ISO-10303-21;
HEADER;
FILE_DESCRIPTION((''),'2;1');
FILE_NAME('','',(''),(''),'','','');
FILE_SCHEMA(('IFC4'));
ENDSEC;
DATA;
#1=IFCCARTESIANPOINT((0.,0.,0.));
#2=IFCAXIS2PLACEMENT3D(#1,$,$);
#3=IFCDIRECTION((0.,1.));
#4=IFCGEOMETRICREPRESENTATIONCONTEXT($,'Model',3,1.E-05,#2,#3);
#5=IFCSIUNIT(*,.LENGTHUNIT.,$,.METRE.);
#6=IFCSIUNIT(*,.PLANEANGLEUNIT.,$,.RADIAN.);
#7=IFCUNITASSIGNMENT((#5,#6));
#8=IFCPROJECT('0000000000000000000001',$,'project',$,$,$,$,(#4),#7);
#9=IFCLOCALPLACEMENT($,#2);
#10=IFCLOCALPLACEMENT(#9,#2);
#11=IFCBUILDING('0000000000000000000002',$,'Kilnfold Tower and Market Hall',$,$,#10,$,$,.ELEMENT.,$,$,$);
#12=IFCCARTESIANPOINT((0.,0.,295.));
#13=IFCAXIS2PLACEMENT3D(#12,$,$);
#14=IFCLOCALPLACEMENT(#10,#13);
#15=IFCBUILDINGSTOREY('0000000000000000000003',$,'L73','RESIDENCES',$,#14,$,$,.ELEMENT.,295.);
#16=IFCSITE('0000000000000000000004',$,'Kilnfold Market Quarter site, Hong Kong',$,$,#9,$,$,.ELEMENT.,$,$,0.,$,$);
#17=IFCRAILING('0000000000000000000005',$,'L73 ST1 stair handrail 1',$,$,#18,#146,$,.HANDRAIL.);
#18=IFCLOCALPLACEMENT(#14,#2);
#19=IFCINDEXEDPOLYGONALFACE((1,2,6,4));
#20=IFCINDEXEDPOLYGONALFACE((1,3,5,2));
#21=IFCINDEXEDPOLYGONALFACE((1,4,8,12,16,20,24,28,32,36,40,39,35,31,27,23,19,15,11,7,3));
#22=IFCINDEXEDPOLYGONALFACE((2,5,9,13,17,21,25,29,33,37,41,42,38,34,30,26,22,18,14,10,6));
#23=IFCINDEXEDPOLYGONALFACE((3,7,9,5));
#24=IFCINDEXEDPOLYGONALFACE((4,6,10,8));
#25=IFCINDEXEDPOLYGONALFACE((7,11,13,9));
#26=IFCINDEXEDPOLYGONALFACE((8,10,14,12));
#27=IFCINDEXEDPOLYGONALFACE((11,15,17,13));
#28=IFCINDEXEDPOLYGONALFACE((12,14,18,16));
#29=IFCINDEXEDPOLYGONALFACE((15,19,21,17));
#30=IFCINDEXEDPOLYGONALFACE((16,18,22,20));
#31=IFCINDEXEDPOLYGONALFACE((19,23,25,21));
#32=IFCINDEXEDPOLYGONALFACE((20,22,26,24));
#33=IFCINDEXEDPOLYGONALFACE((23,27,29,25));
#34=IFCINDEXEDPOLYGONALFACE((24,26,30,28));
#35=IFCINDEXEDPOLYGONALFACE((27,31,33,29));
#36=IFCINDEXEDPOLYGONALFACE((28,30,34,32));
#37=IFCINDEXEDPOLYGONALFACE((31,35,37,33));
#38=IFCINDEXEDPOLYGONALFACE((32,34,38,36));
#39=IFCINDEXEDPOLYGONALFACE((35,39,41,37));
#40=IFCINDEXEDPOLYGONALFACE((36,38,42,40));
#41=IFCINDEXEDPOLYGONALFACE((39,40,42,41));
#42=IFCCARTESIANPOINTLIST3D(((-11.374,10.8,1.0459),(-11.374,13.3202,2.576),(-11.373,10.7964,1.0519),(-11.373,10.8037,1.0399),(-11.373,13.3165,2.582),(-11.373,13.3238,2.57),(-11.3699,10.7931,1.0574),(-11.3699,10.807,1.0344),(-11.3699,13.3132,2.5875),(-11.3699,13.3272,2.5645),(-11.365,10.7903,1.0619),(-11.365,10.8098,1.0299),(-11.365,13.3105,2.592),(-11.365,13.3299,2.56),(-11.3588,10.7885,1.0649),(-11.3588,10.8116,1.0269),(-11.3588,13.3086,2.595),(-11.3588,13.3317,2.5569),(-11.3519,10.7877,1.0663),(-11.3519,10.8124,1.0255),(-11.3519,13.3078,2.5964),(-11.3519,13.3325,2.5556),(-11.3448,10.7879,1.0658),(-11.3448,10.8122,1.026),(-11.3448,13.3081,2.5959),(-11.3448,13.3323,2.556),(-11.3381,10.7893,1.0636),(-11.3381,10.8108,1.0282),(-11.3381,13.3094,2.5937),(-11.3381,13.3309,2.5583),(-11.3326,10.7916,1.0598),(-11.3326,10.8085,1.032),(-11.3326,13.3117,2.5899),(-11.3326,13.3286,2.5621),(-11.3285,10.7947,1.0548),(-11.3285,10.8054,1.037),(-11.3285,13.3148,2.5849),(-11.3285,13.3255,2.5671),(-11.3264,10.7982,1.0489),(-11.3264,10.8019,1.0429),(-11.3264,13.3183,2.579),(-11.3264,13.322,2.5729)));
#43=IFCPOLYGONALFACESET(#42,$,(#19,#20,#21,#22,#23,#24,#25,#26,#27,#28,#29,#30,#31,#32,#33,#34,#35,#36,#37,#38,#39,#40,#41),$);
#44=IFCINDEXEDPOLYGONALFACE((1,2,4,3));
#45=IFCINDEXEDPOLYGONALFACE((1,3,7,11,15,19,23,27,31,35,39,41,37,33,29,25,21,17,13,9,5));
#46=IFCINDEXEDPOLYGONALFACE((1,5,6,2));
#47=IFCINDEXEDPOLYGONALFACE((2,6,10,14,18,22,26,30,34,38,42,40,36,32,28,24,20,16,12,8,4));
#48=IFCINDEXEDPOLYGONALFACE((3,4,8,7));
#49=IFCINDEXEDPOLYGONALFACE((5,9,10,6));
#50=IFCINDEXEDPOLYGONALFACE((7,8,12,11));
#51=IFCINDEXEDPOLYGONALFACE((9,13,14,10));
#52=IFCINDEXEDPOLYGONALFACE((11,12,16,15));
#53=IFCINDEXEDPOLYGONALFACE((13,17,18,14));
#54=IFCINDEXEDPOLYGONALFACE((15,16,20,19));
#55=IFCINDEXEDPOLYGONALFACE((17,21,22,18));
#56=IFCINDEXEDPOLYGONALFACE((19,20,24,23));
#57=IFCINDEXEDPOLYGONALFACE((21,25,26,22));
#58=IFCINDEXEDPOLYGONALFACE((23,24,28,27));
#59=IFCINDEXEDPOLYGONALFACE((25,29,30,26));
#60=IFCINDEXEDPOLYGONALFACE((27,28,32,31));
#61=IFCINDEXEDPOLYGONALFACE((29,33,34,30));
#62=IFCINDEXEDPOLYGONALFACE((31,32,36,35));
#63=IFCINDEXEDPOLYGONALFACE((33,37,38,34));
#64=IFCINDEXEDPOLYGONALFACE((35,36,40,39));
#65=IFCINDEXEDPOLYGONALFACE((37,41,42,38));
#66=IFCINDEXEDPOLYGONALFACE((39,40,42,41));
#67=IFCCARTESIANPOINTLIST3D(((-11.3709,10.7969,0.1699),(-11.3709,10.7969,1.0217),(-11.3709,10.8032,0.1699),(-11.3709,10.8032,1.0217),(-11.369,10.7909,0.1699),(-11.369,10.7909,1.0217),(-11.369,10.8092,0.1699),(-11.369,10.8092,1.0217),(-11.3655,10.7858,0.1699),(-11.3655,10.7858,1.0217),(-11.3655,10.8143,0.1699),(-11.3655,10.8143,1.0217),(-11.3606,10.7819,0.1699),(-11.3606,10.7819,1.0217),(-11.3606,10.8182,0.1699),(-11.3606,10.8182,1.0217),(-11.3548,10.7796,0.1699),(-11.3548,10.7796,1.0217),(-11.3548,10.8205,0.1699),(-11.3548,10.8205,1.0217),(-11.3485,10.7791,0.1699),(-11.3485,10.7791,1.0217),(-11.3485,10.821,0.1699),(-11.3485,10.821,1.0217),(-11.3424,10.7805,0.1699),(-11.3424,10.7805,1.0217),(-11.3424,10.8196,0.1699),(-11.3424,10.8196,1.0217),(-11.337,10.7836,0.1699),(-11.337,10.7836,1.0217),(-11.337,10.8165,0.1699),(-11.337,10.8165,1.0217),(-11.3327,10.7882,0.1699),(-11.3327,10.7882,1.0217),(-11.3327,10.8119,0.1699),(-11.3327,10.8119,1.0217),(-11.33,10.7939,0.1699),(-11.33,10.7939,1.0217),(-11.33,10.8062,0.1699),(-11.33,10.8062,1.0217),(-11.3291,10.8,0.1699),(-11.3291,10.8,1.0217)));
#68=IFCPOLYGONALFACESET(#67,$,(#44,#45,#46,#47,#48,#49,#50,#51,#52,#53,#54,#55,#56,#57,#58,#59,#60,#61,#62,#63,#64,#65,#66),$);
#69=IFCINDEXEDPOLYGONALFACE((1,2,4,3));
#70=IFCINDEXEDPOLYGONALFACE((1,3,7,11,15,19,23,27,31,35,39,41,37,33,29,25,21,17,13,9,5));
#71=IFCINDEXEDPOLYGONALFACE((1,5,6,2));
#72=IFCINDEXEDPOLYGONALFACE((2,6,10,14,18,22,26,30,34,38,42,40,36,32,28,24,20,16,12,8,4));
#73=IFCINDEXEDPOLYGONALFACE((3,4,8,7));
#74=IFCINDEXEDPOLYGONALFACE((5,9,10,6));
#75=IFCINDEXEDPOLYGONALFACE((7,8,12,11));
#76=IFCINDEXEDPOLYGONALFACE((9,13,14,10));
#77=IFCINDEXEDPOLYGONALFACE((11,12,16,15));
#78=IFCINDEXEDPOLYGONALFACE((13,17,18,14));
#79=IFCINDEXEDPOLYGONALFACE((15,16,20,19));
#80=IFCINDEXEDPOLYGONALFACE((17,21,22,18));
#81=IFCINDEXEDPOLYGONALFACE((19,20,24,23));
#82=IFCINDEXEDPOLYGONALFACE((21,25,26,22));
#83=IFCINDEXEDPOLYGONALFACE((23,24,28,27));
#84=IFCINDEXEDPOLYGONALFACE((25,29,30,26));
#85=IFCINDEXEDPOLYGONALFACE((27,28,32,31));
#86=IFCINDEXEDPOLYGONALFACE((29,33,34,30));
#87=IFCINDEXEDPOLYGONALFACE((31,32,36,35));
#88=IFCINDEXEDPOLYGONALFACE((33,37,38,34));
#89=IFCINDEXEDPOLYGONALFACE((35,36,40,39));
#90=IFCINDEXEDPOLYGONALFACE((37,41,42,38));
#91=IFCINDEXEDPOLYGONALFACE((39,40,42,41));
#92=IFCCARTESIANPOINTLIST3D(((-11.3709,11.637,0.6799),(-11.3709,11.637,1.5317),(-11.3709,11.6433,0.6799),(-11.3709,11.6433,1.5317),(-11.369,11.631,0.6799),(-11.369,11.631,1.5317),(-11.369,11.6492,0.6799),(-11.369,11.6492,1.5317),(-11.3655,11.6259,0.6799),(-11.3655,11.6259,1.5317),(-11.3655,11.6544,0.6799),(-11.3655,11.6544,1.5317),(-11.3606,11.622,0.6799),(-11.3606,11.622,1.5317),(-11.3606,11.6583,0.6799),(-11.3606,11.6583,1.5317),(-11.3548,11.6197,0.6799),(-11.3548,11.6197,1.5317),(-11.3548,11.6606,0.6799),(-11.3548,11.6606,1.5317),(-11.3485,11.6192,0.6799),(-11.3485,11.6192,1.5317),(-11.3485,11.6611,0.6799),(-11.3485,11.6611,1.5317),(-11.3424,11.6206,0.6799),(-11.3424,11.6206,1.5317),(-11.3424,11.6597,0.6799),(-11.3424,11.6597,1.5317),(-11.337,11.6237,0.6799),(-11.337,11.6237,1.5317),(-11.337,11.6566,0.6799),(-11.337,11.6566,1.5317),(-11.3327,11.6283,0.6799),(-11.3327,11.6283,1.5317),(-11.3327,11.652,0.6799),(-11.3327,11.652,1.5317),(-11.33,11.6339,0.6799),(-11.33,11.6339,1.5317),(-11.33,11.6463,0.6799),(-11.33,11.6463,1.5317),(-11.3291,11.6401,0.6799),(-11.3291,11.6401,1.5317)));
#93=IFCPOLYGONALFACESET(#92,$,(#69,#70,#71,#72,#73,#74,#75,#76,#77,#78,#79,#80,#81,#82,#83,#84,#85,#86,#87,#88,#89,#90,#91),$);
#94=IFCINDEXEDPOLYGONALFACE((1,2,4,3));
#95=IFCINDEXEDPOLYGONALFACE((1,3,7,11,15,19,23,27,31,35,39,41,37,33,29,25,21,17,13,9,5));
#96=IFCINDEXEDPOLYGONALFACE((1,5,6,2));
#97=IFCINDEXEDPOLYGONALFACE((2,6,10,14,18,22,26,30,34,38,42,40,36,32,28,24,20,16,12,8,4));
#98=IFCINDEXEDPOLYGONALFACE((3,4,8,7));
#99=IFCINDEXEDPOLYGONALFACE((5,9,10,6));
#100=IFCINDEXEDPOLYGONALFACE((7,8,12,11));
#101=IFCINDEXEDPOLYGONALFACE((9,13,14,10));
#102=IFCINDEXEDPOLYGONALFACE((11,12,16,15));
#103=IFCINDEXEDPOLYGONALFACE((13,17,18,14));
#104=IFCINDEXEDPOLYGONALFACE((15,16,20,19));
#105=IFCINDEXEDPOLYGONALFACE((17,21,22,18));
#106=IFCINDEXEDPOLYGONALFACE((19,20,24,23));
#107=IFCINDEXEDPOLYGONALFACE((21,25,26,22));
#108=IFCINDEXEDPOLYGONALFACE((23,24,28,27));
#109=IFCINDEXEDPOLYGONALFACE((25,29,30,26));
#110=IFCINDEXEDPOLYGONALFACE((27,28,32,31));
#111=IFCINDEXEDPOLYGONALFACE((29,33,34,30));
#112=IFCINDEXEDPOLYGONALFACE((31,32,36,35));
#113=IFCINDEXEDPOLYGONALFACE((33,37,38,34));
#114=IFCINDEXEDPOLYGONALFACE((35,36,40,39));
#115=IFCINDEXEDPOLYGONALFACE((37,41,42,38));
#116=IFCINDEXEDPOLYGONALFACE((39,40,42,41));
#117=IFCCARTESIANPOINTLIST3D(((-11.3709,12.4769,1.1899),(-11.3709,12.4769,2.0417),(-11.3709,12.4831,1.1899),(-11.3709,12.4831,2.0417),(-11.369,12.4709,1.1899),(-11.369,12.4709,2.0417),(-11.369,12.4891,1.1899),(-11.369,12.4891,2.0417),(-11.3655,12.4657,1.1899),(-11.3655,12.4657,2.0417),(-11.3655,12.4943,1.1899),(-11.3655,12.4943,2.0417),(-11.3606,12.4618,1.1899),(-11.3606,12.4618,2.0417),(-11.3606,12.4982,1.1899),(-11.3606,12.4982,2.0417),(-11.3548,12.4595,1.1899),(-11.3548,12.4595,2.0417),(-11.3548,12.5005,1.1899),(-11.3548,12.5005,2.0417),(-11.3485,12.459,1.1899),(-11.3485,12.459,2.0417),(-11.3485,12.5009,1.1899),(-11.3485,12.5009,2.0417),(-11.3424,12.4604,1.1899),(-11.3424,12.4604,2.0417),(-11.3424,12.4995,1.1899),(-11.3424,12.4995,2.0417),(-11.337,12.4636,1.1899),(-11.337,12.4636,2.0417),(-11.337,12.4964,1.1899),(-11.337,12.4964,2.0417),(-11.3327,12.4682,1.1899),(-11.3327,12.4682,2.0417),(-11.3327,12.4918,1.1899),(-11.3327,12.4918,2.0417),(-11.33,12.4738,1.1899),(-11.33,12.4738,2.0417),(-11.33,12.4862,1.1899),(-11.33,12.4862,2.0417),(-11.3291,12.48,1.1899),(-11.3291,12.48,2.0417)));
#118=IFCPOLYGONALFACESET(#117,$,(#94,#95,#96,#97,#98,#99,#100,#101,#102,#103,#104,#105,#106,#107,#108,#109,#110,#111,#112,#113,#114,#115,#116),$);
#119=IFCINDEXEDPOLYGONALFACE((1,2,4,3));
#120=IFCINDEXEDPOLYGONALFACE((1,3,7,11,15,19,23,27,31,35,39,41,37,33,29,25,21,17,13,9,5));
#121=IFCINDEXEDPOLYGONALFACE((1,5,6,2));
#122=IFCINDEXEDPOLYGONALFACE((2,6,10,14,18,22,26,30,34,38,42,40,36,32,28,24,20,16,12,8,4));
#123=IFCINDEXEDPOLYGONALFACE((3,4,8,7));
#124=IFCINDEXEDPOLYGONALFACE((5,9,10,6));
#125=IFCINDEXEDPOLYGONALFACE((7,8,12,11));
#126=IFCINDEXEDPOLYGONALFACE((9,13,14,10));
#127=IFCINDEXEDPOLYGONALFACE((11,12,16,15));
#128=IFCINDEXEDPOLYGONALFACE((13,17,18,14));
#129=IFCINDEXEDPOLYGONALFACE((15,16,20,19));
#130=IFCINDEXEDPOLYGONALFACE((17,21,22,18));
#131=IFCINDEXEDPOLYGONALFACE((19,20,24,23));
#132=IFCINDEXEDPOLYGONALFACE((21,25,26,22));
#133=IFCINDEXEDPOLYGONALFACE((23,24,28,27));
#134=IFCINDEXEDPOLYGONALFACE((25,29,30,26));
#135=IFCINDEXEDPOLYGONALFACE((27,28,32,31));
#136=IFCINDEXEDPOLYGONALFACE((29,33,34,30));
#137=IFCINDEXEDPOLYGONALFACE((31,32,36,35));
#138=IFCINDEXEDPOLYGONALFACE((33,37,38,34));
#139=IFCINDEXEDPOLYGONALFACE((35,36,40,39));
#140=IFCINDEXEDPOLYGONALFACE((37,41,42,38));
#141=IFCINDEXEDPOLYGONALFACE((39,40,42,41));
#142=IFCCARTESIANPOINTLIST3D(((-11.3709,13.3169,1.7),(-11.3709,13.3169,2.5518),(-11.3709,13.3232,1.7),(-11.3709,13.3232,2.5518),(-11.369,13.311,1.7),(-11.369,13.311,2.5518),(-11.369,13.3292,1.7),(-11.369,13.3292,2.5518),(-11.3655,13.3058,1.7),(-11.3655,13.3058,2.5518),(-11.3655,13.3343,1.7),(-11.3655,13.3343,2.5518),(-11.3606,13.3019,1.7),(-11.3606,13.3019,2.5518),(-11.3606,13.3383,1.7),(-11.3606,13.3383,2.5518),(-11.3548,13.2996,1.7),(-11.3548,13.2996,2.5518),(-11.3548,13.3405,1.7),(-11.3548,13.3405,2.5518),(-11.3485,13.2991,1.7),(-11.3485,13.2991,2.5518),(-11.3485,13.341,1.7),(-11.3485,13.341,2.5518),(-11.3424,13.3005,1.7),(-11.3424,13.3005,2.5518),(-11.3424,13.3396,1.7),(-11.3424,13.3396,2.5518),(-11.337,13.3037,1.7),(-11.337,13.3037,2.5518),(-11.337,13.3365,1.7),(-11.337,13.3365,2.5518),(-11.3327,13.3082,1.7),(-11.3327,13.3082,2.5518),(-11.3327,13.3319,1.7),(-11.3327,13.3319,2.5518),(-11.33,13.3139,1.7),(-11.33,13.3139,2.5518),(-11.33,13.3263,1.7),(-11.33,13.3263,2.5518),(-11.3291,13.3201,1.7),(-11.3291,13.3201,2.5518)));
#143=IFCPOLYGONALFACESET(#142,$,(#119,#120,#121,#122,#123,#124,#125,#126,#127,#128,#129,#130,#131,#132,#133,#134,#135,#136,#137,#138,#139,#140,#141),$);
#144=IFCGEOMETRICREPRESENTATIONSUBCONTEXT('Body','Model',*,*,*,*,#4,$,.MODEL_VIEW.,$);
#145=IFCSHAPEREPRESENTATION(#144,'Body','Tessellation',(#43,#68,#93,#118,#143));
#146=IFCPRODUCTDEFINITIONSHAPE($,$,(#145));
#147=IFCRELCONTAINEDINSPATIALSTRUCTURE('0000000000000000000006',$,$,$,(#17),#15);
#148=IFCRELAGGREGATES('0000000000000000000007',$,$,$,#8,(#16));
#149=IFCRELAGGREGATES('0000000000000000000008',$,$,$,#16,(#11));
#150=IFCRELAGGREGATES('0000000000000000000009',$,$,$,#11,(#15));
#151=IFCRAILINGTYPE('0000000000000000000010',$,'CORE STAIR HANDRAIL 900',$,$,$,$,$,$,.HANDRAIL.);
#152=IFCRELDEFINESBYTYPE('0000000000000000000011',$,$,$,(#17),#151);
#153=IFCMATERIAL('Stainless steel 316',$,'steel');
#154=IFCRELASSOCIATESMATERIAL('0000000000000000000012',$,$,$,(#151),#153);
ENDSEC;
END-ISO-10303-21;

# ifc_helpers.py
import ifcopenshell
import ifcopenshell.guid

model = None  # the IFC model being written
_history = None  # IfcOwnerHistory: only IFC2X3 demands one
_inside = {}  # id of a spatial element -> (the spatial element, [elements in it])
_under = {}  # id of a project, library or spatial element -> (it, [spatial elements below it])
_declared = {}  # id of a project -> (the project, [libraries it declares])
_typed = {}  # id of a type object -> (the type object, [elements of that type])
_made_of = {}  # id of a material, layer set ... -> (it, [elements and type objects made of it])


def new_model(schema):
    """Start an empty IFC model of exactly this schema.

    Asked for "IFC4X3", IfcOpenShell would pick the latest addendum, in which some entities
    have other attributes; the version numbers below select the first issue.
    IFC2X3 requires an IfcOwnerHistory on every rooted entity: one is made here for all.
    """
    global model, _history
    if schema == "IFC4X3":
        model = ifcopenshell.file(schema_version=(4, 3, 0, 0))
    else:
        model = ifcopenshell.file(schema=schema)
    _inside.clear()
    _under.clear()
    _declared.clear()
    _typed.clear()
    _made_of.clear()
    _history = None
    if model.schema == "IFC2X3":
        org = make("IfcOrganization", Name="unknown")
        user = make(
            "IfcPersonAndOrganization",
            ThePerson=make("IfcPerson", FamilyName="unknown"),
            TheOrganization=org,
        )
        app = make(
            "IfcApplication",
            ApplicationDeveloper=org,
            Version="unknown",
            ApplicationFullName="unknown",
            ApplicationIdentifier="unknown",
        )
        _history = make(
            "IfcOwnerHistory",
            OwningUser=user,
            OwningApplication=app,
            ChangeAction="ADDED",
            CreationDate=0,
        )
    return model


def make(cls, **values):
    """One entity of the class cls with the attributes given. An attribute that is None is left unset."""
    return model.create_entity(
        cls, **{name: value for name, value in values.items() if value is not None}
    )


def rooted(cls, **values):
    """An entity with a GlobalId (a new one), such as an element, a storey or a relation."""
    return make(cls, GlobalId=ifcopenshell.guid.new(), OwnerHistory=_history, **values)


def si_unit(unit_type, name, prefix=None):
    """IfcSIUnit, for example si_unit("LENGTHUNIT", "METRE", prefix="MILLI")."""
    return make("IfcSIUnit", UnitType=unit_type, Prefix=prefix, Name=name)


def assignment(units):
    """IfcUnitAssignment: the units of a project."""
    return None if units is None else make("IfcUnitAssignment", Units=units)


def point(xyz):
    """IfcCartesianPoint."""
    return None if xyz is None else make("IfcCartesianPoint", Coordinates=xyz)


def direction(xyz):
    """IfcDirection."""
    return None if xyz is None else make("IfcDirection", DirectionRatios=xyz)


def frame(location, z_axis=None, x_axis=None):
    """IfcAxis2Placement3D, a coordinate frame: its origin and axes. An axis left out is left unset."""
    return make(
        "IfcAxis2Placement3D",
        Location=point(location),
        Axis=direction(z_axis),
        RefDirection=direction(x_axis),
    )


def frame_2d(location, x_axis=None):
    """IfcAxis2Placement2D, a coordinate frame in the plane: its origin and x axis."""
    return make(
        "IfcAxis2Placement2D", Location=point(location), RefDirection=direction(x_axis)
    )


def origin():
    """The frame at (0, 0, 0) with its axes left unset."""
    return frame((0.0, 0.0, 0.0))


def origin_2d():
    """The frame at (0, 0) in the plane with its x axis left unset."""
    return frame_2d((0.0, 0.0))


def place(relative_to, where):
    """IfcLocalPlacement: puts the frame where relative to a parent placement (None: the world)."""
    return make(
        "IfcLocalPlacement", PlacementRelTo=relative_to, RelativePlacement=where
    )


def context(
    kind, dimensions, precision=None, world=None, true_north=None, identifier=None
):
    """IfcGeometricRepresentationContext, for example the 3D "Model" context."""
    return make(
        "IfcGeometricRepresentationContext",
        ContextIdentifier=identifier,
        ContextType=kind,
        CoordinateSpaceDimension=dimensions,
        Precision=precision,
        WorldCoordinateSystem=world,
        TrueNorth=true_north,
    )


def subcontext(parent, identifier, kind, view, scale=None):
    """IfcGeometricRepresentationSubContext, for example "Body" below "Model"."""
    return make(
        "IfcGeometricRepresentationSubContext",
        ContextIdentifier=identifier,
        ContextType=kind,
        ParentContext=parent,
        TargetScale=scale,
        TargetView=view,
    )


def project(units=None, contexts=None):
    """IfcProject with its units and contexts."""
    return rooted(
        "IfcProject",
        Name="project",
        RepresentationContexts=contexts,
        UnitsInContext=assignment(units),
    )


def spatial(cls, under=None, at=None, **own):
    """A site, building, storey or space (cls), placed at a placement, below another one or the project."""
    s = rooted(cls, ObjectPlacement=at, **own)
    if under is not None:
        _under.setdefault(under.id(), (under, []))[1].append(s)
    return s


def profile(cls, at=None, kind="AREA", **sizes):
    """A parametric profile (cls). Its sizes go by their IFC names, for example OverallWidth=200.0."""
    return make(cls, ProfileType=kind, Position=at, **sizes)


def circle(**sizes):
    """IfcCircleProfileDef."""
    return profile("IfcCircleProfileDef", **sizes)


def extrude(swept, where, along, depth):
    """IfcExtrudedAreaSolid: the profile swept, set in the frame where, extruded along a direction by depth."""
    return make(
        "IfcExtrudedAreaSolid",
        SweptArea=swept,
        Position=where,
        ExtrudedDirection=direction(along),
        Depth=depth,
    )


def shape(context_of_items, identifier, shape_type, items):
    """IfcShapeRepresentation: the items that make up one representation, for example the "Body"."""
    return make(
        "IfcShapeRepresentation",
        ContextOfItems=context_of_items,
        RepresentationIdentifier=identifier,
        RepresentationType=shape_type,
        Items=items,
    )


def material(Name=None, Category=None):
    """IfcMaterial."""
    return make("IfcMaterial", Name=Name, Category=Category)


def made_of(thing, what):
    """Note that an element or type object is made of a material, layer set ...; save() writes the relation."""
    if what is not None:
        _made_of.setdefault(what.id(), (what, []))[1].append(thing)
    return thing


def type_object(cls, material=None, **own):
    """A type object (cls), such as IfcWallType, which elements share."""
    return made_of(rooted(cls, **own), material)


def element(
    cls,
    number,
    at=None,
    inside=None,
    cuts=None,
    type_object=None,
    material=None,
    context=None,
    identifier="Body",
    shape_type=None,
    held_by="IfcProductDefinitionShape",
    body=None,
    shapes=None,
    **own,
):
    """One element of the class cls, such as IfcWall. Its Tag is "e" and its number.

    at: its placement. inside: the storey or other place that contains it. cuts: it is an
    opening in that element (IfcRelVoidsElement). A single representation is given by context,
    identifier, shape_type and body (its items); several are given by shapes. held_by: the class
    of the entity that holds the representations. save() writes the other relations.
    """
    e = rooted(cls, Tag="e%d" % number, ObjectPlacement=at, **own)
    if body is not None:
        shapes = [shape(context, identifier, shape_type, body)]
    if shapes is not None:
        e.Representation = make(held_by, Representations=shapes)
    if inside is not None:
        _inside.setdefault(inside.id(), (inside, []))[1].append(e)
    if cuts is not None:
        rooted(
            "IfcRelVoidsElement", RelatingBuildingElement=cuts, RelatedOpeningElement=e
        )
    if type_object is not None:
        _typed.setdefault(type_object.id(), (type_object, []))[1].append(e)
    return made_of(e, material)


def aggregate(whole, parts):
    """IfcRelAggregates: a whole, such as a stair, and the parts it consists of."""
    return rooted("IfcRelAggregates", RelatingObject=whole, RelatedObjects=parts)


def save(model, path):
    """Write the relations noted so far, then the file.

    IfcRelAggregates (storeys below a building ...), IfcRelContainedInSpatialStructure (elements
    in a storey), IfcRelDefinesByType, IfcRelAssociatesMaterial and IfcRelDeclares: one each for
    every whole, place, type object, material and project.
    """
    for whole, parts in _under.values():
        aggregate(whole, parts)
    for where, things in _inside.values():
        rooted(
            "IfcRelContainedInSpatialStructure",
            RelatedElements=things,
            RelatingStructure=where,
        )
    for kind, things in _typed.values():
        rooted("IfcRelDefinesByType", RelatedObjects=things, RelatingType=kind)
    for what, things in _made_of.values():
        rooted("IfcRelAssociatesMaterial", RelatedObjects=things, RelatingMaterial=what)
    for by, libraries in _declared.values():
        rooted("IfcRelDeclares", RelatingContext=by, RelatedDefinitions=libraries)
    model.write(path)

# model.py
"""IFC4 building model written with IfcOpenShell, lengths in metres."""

from ifc_helpers import new_model, si_unit, direction, frame, origin, origin_2d, place, context, subcontext, project, spatial, circle, extrude, material, type_object, element, save


model = new_model("IFC4")

# Units and contexts
model_context = context("Model", 3, precision=1e-05, world=origin(), true_north=direction((0.0, 1.0)))
body_context = subcontext(model_context, "Body", "Model", "MODEL_VIEW")
ifc_project = project(units=[si_unit("LENGTHUNIT", "METRE"), si_unit("PLANEANGLEUNIT", "RADIAN")], contexts=[model_context])

# Site, building, storey
site_placement = place(None, origin())
site = spatial("IfcSite", under=ifc_project, at=site_placement, Name="Kilnfold Market Quarter site, Hong Kong", CompositionType="ELEMENT", RefElevation=0.0)
building_placement = place(site_placement, origin())
building = spatial("IfcBuilding", under=site, at=building_placement, Name="Kilnfold Tower and Market Hall", CompositionType="ELEMENT")
storey_placement = place(building_placement, frame((0.0, 0.0, 295.0)))
storey = spatial("IfcBuildingStorey", under=building, at=storey_placement, Name="L73", Description="RESIDENCES", CompositionType="ELEMENT", Elevation=295.0)

# Railing
ifc_material_1 = material(Name="Stainless steel 316", Category="steel")
railing_type_1 = type_object("IfcRailingType", Name="CORE STAIR HANDRAIL 900", PredefinedType="HANDRAIL", material=ifc_material_1)
railing_1_placement = place(storey_placement, frame((-11.3501, 10.8, 0.1699)))
element("IfcRailing", 1, at=railing_1_placement, inside=storey, type_object=railing_type_1, Name="L73 ST1 stair handrail 1", PredefinedType="HANDRAIL", context=body_context, shape_type="SweptSolid", body=[
    extrude(circle(Radius=0.0239, at=origin_2d()), frame((0.0, 0.0, 0.876), z_axis=(0.0, 0.854785, 0.518982), x_axis=(-1.0, 0.0, 0.0)), (0.0, 0.0, 1.0), 2.9482),
    extrude(circle(Radius=0.021, at=origin_2d()), origin(), (0.0, 0.0, 1.0), 0.8518),
    extrude(circle(Radius=0.021, at=origin_2d()), frame((0.0, 0.8401, 0.51)), (0.0, 0.0, 1.0), 0.8518),
    extrude(circle(Radius=0.021, at=origin_2d()), frame((0.0, 1.6799, 1.02)), (0.0, 0.0, 1.0), 0.8518),
    extrude(circle(Radius=0.021, at=origin_2d()), frame((0.0, 2.52, 1.53)), (0.0, 0.0, 1.0), 0.8518),
])

save(model, "model.ifc")
